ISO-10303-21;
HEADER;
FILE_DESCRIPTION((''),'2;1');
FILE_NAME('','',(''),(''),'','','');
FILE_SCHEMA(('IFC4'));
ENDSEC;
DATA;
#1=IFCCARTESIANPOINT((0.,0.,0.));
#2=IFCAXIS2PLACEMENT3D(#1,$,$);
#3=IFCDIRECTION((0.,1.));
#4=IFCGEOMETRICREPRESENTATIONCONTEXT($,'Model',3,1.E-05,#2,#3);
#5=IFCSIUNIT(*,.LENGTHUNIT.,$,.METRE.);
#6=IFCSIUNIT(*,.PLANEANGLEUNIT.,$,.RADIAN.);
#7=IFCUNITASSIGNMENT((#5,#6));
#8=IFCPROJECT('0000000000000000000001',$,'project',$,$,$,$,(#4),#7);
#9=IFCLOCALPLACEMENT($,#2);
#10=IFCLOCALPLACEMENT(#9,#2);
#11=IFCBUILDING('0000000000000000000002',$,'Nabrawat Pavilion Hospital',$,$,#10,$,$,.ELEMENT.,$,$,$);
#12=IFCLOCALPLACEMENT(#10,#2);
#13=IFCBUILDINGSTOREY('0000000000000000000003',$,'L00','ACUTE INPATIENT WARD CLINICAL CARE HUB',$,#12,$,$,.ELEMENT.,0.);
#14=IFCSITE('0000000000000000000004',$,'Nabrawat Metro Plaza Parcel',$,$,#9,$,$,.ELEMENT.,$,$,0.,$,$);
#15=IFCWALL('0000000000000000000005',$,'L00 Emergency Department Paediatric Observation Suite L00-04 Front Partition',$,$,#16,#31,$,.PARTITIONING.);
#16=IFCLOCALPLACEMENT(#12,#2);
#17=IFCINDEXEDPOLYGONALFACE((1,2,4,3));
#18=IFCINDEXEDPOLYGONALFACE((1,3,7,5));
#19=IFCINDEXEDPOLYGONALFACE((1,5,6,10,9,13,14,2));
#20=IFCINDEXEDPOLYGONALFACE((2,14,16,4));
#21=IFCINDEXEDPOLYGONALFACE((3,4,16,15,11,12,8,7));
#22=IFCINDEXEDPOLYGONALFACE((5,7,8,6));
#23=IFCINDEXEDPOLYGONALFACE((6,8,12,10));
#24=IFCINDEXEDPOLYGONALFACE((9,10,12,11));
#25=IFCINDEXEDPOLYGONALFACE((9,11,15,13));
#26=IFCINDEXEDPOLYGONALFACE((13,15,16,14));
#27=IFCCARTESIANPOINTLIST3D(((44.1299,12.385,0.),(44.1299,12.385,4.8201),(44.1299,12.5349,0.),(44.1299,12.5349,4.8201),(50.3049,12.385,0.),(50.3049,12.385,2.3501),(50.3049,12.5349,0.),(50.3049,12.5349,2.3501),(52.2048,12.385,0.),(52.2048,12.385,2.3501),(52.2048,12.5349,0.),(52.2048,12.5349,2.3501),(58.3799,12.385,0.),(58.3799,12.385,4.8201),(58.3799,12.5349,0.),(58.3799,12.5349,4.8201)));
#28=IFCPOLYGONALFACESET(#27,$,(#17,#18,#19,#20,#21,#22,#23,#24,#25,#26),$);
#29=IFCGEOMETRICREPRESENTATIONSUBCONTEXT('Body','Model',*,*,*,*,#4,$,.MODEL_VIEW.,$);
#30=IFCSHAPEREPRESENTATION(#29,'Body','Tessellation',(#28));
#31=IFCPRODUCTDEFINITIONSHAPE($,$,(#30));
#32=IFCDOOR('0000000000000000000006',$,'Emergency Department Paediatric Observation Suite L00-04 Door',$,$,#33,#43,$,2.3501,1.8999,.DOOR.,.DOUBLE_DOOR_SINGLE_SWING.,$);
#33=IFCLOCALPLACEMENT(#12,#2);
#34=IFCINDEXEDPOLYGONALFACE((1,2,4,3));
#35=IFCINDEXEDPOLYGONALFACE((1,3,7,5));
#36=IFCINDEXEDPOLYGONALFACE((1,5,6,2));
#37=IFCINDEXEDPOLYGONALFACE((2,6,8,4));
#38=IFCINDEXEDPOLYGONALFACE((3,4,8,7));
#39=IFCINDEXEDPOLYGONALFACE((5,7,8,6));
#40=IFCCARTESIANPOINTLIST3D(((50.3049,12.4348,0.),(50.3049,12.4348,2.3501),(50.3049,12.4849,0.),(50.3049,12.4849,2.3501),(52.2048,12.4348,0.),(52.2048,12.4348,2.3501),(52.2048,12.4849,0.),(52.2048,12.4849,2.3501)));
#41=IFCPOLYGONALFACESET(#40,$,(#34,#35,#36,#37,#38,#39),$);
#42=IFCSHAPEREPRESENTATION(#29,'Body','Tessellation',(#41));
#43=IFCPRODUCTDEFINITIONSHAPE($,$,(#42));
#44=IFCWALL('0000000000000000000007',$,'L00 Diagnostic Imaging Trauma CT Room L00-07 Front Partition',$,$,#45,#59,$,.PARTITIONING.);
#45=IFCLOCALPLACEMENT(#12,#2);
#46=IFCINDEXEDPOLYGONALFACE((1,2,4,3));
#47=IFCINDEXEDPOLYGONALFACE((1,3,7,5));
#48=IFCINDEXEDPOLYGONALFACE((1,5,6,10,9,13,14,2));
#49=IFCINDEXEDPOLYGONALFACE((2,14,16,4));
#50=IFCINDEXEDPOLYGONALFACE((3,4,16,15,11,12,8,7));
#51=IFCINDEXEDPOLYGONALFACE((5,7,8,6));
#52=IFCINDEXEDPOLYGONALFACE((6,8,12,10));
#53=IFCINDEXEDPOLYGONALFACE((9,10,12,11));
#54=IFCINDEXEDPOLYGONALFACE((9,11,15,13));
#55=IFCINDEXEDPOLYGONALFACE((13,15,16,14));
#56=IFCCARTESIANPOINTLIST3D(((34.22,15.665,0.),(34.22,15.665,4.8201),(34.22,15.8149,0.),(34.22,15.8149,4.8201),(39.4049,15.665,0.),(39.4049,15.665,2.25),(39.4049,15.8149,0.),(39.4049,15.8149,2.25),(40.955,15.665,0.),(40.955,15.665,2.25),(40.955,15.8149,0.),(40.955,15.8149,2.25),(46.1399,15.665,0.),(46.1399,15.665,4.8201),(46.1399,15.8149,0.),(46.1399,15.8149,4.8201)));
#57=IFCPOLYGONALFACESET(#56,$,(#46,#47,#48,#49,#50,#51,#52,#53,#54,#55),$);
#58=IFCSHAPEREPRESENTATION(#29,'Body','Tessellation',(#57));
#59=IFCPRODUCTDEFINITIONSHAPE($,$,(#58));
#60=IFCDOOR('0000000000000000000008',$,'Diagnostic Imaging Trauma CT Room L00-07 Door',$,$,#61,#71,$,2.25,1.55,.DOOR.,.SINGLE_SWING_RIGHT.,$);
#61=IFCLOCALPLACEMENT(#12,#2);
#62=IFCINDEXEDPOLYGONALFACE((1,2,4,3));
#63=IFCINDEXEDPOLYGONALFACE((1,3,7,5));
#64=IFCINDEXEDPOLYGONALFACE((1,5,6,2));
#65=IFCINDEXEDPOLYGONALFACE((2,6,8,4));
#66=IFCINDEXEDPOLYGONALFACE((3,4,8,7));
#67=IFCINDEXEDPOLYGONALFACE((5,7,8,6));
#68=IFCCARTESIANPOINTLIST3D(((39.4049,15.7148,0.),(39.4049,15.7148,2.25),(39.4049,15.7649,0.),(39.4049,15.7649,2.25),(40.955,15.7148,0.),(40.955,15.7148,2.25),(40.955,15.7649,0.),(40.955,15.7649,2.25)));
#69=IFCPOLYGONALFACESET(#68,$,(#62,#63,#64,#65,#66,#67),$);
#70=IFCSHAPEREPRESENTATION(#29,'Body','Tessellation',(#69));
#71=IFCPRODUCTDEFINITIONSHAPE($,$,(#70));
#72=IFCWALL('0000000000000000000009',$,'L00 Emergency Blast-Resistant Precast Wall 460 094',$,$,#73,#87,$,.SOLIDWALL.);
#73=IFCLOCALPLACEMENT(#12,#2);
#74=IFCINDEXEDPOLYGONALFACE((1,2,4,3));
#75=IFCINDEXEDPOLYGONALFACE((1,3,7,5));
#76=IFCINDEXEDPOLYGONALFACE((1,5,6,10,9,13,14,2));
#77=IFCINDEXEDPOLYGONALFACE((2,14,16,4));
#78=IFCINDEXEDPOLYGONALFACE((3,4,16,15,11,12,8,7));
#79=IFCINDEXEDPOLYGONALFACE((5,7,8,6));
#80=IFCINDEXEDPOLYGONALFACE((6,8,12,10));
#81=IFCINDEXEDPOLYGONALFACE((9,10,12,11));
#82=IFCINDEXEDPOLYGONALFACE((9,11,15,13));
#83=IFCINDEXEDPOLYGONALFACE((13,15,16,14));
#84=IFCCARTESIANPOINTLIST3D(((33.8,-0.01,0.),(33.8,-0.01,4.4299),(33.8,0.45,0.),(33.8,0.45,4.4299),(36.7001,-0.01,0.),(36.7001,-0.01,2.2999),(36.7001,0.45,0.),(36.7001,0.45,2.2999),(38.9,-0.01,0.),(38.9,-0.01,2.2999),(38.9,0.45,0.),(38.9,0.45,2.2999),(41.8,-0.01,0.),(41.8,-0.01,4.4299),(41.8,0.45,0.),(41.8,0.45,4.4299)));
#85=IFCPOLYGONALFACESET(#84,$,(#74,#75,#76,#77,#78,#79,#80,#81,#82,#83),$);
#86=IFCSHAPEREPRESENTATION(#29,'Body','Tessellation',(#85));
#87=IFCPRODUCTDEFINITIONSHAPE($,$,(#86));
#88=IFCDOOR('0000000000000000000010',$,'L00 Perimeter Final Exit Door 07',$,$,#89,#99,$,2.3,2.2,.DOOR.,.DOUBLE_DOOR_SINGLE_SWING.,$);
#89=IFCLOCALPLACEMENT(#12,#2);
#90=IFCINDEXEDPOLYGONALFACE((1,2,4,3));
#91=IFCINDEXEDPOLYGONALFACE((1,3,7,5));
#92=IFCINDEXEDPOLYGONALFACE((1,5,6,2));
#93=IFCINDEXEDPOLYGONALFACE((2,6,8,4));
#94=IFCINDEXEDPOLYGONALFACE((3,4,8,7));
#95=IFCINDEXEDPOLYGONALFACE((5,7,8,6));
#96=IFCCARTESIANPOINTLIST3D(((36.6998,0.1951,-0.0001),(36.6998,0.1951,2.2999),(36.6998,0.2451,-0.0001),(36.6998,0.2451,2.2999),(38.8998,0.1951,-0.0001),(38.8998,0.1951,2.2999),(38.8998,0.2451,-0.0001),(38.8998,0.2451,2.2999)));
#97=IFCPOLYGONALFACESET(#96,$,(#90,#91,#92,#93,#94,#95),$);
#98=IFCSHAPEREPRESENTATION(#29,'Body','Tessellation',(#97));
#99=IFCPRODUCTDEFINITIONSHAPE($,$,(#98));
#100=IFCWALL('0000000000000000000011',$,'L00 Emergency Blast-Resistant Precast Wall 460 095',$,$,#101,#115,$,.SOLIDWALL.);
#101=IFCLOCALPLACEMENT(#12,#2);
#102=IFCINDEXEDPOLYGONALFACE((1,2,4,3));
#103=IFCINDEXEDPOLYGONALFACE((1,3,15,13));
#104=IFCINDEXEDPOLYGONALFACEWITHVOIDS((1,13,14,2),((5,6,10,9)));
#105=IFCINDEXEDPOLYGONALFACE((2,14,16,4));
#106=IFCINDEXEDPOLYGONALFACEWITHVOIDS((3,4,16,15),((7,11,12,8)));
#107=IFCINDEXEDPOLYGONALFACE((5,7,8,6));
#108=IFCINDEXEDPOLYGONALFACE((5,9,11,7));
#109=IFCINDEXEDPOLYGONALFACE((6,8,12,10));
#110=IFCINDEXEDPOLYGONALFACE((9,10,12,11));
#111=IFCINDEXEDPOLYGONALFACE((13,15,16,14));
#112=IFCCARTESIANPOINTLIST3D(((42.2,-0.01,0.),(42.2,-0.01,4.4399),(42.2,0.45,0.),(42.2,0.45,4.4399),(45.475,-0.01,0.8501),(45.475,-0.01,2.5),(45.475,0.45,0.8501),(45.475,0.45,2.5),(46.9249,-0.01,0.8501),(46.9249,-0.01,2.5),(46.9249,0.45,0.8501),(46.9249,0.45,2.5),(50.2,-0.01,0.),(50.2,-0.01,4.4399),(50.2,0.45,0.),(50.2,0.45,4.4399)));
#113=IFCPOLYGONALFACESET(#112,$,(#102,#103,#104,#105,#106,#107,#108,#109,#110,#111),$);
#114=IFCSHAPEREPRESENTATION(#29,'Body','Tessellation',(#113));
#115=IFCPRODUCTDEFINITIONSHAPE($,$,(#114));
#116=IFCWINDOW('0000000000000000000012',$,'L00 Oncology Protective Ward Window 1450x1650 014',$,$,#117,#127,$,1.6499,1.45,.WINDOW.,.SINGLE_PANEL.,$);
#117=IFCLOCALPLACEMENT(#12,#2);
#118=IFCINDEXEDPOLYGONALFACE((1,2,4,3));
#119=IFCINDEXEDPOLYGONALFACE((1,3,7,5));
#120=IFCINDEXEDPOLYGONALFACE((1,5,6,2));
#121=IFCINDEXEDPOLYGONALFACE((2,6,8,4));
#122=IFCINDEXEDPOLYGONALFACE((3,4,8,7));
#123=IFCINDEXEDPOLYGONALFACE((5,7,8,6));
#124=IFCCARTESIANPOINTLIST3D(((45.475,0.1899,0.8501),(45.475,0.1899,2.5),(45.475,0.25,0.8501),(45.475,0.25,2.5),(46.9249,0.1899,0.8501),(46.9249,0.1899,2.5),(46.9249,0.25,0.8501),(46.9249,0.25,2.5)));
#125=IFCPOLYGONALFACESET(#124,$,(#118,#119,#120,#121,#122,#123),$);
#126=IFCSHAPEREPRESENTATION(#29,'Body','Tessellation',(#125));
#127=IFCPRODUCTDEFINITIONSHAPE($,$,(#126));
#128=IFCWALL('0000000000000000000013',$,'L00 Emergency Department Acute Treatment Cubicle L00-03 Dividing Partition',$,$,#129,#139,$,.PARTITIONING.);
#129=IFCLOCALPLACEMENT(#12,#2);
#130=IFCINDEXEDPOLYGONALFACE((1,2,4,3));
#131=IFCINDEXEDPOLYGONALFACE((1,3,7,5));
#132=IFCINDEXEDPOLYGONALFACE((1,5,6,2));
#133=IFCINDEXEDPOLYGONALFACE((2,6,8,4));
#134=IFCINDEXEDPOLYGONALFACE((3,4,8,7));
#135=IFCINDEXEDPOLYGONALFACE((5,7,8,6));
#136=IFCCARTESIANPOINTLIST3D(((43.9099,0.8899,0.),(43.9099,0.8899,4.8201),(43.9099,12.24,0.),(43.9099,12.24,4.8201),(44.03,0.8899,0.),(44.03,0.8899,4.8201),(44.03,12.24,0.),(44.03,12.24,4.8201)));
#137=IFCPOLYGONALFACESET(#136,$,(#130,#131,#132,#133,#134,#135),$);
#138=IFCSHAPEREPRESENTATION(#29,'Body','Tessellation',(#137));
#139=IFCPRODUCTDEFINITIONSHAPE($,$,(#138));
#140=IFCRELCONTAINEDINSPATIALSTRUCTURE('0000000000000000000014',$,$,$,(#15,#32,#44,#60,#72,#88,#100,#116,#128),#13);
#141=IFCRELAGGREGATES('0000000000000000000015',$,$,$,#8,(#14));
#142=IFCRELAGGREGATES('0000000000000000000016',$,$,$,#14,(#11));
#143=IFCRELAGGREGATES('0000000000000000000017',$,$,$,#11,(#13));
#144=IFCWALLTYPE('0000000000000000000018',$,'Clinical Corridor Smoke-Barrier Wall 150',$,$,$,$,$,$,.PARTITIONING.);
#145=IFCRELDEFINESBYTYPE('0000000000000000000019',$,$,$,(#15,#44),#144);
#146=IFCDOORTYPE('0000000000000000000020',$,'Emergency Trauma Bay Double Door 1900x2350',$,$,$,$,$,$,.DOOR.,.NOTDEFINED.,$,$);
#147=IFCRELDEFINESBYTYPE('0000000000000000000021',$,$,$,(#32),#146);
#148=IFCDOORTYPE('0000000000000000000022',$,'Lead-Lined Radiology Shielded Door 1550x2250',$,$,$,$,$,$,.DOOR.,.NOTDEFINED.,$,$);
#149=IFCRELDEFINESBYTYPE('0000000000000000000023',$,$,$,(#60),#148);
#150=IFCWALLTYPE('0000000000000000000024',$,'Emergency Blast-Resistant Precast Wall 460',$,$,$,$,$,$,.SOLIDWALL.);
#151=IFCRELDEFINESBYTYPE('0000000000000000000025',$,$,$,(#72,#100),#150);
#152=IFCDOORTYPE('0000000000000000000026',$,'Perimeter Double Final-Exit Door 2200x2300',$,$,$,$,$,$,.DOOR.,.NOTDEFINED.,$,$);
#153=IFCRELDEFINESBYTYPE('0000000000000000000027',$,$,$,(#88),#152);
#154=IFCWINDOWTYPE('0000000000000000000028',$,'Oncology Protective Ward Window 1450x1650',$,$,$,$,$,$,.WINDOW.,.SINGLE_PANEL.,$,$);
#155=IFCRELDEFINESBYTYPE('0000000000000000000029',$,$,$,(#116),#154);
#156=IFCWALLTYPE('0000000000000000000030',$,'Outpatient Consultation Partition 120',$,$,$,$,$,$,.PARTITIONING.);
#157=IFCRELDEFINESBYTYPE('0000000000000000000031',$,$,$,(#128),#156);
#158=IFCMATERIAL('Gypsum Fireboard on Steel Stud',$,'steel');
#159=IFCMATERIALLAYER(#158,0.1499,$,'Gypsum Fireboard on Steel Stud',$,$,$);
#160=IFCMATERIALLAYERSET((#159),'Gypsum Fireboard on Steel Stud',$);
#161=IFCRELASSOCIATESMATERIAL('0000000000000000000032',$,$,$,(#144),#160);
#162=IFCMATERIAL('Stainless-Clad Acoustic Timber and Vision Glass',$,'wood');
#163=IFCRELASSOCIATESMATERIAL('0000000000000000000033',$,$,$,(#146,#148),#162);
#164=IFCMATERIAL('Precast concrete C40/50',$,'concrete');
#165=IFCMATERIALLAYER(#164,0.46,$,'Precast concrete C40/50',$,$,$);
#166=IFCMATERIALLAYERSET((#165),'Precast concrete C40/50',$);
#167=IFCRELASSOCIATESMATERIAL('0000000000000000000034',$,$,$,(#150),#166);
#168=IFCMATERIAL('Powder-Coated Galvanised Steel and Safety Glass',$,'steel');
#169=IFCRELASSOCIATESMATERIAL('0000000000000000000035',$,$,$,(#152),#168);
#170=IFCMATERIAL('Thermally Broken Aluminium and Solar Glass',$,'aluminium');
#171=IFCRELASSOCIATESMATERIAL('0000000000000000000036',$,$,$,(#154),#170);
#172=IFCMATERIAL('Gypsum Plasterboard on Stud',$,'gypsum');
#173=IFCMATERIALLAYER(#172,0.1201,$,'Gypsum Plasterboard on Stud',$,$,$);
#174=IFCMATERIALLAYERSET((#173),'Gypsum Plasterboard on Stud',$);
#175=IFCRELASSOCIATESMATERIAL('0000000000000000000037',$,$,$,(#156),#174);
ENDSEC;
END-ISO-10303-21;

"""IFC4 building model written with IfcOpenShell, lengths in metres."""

from ifc_helpers import new_model, si_unit, direction, frame, frame_2d, origin, place, context, subcontext, project, spatial, rectangle, extrude, material, layer, layer_set, type_object, element, fill, save


model = new_model("IFC4")

# Units and contexts
model_context = context("Model", 3, precision=1e-05, world=origin(), true_north=direction((0.0, 1.0)))
body_context = subcontext(model_context, "Body", "Model", "MODEL_VIEW")
ifc_project = project(units=[si_unit("LENGTHUNIT", "METRE"), si_unit("PLANEANGLEUNIT", "RADIAN")], contexts=[model_context])

# Site, building, storey
site_placement = place(None, origin())
site = spatial("IfcSite", under=ifc_project, at=site_placement, Name="Nabrawat Metro Plaza Parcel", CompositionType="ELEMENT", RefElevation=0.0)
building_placement = place(site_placement, origin())
building = spatial("IfcBuilding", under=site, at=building_placement, Name="Nabrawat Pavilion Hospital", CompositionType="ELEMENT")
storey_placement = place(building_placement, origin())
storey = spatial("IfcBuildingStorey", under=building, at=storey_placement, Name="L00", Description="ACUTE INPATIENT WARD CLINICAL CARE HUB", CompositionType="ELEMENT", Elevation=0.0)

# Shared definitions
ifc_material_1 = material(Name="Precast concrete C40/50", Category="concrete")

# Walls, openings, doors
ifc_material_2 = material(Name="Gypsum Fireboard on Steel Stud", Category="steel")
ifc_layer_1 = layer(ifc_material_2, 0.1499, Name="Gypsum Fireboard on Steel Stud")
ifc_layer_set_1 = layer_set([ifc_layer_1], Name="Gypsum Fireboard on Steel Stud")
wall_type_1 = type_object("IfcWallType", Name="Clinical Corridor Smoke-Barrier Wall 150", PredefinedType="PARTITIONING", material=ifc_layer_set_1)
wall_1_placement = place(storey_placement, frame((44.1299, 12.46, 0.0), z_axis=(0.0, 0.0, 1.0), x_axis=(1.0, 0.0, 0.0)))
wall_1 = element("IfcWall", 1, at=wall_1_placement, inside=storey, type_object=wall_type_1, Name="L00 Emergency Department Paediatric Observation Suite L00-04 Front Partition", PredefinedType="PARTITIONING", context=body_context, shape_type="SweptSolid", body=[
    extrude(rectangle(XDim=14.25, YDim=0.1499, at=frame_2d((7.125, 0.0))), origin(), (0.0, 0.0, 1.0), 4.8201),
])
opening_1_placement = place(wall_1_placement, frame((6.175, 0.0, 0.0)))
opening_1 = element("IfcOpeningElement", 2, at=opening_1_placement, cuts=wall_1, PredefinedType="OPENING", context=body_context, shape_type="SweptSolid", body=[
    extrude(rectangle(XDim=1.8999, YDim=2.3501, at=frame_2d((0.95, 1.175))), frame((0.0, 0.085, 0.0), z_axis=(0.0, -1.0, 0.0), x_axis=(1.0, 0.0, 0.0)), (0.0, 0.0, 1.0), 0.1699),
])
ifc_material_3 = material(Name="Stainless-Clad Acoustic Timber and Vision Glass", Category="wood")
door_type_1 = type_object("IfcDoorType", Name="Emergency Trauma Bay Double Door 1900x2350", OperationType="NOTDEFINED", PredefinedType="DOOR", material=ifc_material_3)
door_1_placement = place(opening_1_placement, origin())
door_1 = element("IfcDoor", 3, at=door_1_placement, inside=storey, type_object=door_type_1, Name="Emergency Department Paediatric Observation Suite L00-04 Door", OperationType="DOUBLE_DOOR_SINGLE_SWING", OverallHeight=2.3501, OverallWidth=1.8999, PredefinedType="DOOR", context=body_context, shape_type="SweptSolid", body=[
    extrude(rectangle(XDim=1.8999, YDim=2.3501, at=frame_2d((0.95, 1.175))), frame((0.0, 0.0249, 0.0), z_axis=(0.0, -1.0, 0.0), x_axis=(1.0, 0.0, 0.0)), (0.0, 0.0, 1.0), 0.05),
])
fill(opening_1, door_1)
wall_2_placement = place(storey_placement, frame((34.22, 15.74, 0.0), z_axis=(0.0, 0.0, 1.0), x_axis=(1.0, 0.0, 0.0)))
wall_2 = element("IfcWall", 4, at=wall_2_placement, inside=storey, type_object=wall_type_1, Name="L00 Diagnostic Imaging Trauma CT Room L00-07 Front Partition", PredefinedType="PARTITIONING", context=body_context, shape_type="SweptSolid", body=[
    extrude(rectangle(XDim=11.9199, YDim=0.1499, at=frame_2d((5.96, 0.0))), origin(), (0.0, 0.0, 1.0), 4.8201),
])
opening_2_placement = place(wall_2_placement, frame((5.1851, 0.0, 0.0)))
opening_2 = element("IfcOpeningElement", 5, at=opening_2_placement, cuts=wall_2, PredefinedType="OPENING", context=body_context, shape_type="SweptSolid", body=[
    extrude(rectangle(XDim=1.55, YDim=2.25, at=frame_2d((0.7749, 1.125))), frame((0.0, 0.085, 0.0), z_axis=(0.0, -1.0, 0.0), x_axis=(1.0, 0.0, 0.0)), (0.0, 0.0, 1.0), 0.1699),
])
door_type_2 = type_object("IfcDoorType", Name="Lead-Lined Radiology Shielded Door 1550x2250", OperationType="NOTDEFINED", PredefinedType="DOOR", material=ifc_material_3)
door_2_placement = place(opening_2_placement, origin())
door_2 = element("IfcDoor", 6, at=door_2_placement, inside=storey, type_object=door_type_2, Name="Diagnostic Imaging Trauma CT Room L00-07 Door", OperationType="SINGLE_SWING_RIGHT", OverallHeight=2.25, OverallWidth=1.55, PredefinedType="DOOR", context=body_context, shape_type="SweptSolid", body=[
    extrude(rectangle(XDim=1.55, YDim=2.25, at=frame_2d((0.7749, 1.125))), frame((0.0, 0.0249, 0.0), z_axis=(0.0, -1.0, 0.0), x_axis=(1.0, 0.0, 0.0)), (0.0, 0.0, 1.0), 0.05),
])
fill(opening_2, door_2)
ifc_layer_2 = layer(ifc_material_1, 0.46, Name="Precast concrete C40/50")
ifc_layer_set_2 = layer_set([ifc_layer_2], Name="Precast concrete C40/50")
wall_type_2 = type_object("IfcWallType", Name="Emergency Blast-Resistant Precast Wall 460", PredefinedType="SOLIDWALL", material=ifc_layer_set_2)
wall_3_placement = place(storey_placement, frame((33.8, 0.22, 0.0), z_axis=(0.0, 0.0, 1.0), x_axis=(1.0, 0.0, 0.0)))
wall_3 = element("IfcWall", 7, at=wall_3_placement, inside=storey, type_object=wall_type_2, Name="L00 Emergency Blast-Resistant Precast Wall 460 094", PredefinedType="SOLIDWALL", context=body_context, shape_type="SweptSolid", body=[
    extrude(rectangle(XDim=8.0, YDim=0.46, at=frame_2d((4.0, 0.0))), origin(), (0.0, 0.0, 1.0), 4.4299),
])
opening_3_placement = place(wall_3_placement, frame((2.8999, 0.0, 0.0)))
opening_3 = element("IfcOpeningElement", 8, at=opening_3_placement, cuts=wall_3, PredefinedType="OPENING", context=body_context, shape_type="SweptSolid", body=[
    extrude(rectangle(XDim=2.2, YDim=2.3, at=frame_2d((1.1001, 1.1499))), frame((0.0, 0.24, 0.0), z_axis=(0.0, -1.0, 0.0), x_axis=(1.0, 0.0, 0.0)), (0.0, 0.0, 1.0), 0.48),
])
ifc_material_4 = material(Name="Powder-Coated Galvanised Steel and Safety Glass", Category="steel")
door_type_3 = type_object("IfcDoorType", Name="Perimeter Double Final-Exit Door 2200x2300", OperationType="NOTDEFINED", PredefinedType="DOOR", material=ifc_material_4)
door_3_placement = place(opening_3_placement, frame((2.2, 0.0, 0.0), z_axis=(0.0, 0.0, 1.0), x_axis=(-1.0, 0.0, 0.0)))
door_3 = element("IfcDoor", 9, at=door_3_placement, inside=storey, type_object=door_type_3, Name="L00 Perimeter Final Exit Door 07", OperationType="DOUBLE_DOOR_SINGLE_SWING", OverallHeight=2.3, OverallWidth=2.2, PredefinedType="DOOR", context=body_context, shape_type="SweptSolid", body=[
    extrude(rectangle(XDim=2.2, YDim=2.3, at=frame_2d((1.1001, 1.1499))), frame((0.0, 0.0249, 0.0), z_axis=(0.0, -1.0, 0.0), x_axis=(1.0, 0.0, 0.0)), (0.0, 0.0, 1.0), 0.05),
])
fill(opening_3, door_3)

# Wall, opening, window
wall_4_placement = place(storey_placement, frame((42.2, 0.22, 0.0), z_axis=(0.0, 0.0, 1.0), x_axis=(1.0, 0.0, 0.0)))
wall_4 = element("IfcWall", 10, at=wall_4_placement, inside=storey, type_object=wall_type_2, Name="L00 Emergency Blast-Resistant Precast Wall 460 095", PredefinedType="SOLIDWALL", context=body_context, shape_type="SweptSolid", body=[
    extrude(rectangle(XDim=8.0, YDim=0.46, at=frame_2d((4.0, 0.0))), origin(), (0.0, 0.0, 1.0), 4.4399),
])
opening_4_placement = place(wall_4_placement, frame((3.2749, 0.0, 0.8501)))
opening_4 = element("IfcOpeningElement", 11, at=opening_4_placement, cuts=wall_4, PredefinedType="OPENING", context=body_context, shape_type="SweptSolid", body=[
    extrude(rectangle(XDim=1.45, YDim=1.6499, at=frame_2d((0.7251, 0.825))), frame((0.0, 0.24, 0.0), z_axis=(0.0, -1.0, 0.0), x_axis=(1.0, 0.0, 0.0)), (0.0, 0.0, 1.0), 0.48),
])
ifc_material_5 = material(Name="Thermally Broken Aluminium and Solar Glass", Category="aluminium")
window_type = type_object("IfcWindowType", Name="Oncology Protective Ward Window 1450x1650", PartitioningType="SINGLE_PANEL", PredefinedType="WINDOW", material=ifc_material_5)
window_placement = place(opening_4_placement, origin())
window = element("IfcWindow", 12, at=window_placement, inside=storey, type_object=window_type, Name="L00 Oncology Protective Ward Window 1450x1650 014", OverallHeight=1.6499, OverallWidth=1.45, PartitioningType="SINGLE_PANEL", PredefinedType="WINDOW", context=body_context, shape_type="SweptSolid", body=[
    extrude(rectangle(XDim=1.45, YDim=1.6499, at=frame_2d((0.7251, 0.825))), frame((0.0, 0.03, 0.0), z_axis=(0.0, -1.0, 0.0), x_axis=(1.0, 0.0, 0.0)), (0.0, 0.0, 1.0), 0.0601),
])
fill(opening_4, window)

# Wall
ifc_material_6 = material(Name="Gypsum Plasterboard on Stud", Category="gypsum")
ifc_layer_3 = layer(ifc_material_6, 0.1201, Name="Gypsum Plasterboard on Stud")
ifc_layer_set_3 = layer_set([ifc_layer_3], Name="Gypsum Plasterboard on Stud")
wall_type_3 = type_object("IfcWallType", Name="Outpatient Consultation Partition 120", PredefinedType="PARTITIONING", material=ifc_layer_set_3)
wall_5_placement = place(storey_placement, frame((43.97, 0.8899, 0.0), z_axis=(0.0, 0.0, 1.0), x_axis=(0.0, 1.0, 0.0)))
element("IfcWall", 13, at=wall_5_placement, inside=storey, type_object=wall_type_3, Name="L00 Emergency Department Acute Treatment Cubicle L00-03 Dividing Partition", PredefinedType="PARTITIONING", context=body_context, shape_type="SweptSolid", body=[
    extrude(rectangle(XDim=11.3501, YDim=0.1201, at=frame_2d((5.675, 0.0))), origin(), (0.0, 0.0, 1.0), 4.8201),
])

save(model, "model.ifc")
